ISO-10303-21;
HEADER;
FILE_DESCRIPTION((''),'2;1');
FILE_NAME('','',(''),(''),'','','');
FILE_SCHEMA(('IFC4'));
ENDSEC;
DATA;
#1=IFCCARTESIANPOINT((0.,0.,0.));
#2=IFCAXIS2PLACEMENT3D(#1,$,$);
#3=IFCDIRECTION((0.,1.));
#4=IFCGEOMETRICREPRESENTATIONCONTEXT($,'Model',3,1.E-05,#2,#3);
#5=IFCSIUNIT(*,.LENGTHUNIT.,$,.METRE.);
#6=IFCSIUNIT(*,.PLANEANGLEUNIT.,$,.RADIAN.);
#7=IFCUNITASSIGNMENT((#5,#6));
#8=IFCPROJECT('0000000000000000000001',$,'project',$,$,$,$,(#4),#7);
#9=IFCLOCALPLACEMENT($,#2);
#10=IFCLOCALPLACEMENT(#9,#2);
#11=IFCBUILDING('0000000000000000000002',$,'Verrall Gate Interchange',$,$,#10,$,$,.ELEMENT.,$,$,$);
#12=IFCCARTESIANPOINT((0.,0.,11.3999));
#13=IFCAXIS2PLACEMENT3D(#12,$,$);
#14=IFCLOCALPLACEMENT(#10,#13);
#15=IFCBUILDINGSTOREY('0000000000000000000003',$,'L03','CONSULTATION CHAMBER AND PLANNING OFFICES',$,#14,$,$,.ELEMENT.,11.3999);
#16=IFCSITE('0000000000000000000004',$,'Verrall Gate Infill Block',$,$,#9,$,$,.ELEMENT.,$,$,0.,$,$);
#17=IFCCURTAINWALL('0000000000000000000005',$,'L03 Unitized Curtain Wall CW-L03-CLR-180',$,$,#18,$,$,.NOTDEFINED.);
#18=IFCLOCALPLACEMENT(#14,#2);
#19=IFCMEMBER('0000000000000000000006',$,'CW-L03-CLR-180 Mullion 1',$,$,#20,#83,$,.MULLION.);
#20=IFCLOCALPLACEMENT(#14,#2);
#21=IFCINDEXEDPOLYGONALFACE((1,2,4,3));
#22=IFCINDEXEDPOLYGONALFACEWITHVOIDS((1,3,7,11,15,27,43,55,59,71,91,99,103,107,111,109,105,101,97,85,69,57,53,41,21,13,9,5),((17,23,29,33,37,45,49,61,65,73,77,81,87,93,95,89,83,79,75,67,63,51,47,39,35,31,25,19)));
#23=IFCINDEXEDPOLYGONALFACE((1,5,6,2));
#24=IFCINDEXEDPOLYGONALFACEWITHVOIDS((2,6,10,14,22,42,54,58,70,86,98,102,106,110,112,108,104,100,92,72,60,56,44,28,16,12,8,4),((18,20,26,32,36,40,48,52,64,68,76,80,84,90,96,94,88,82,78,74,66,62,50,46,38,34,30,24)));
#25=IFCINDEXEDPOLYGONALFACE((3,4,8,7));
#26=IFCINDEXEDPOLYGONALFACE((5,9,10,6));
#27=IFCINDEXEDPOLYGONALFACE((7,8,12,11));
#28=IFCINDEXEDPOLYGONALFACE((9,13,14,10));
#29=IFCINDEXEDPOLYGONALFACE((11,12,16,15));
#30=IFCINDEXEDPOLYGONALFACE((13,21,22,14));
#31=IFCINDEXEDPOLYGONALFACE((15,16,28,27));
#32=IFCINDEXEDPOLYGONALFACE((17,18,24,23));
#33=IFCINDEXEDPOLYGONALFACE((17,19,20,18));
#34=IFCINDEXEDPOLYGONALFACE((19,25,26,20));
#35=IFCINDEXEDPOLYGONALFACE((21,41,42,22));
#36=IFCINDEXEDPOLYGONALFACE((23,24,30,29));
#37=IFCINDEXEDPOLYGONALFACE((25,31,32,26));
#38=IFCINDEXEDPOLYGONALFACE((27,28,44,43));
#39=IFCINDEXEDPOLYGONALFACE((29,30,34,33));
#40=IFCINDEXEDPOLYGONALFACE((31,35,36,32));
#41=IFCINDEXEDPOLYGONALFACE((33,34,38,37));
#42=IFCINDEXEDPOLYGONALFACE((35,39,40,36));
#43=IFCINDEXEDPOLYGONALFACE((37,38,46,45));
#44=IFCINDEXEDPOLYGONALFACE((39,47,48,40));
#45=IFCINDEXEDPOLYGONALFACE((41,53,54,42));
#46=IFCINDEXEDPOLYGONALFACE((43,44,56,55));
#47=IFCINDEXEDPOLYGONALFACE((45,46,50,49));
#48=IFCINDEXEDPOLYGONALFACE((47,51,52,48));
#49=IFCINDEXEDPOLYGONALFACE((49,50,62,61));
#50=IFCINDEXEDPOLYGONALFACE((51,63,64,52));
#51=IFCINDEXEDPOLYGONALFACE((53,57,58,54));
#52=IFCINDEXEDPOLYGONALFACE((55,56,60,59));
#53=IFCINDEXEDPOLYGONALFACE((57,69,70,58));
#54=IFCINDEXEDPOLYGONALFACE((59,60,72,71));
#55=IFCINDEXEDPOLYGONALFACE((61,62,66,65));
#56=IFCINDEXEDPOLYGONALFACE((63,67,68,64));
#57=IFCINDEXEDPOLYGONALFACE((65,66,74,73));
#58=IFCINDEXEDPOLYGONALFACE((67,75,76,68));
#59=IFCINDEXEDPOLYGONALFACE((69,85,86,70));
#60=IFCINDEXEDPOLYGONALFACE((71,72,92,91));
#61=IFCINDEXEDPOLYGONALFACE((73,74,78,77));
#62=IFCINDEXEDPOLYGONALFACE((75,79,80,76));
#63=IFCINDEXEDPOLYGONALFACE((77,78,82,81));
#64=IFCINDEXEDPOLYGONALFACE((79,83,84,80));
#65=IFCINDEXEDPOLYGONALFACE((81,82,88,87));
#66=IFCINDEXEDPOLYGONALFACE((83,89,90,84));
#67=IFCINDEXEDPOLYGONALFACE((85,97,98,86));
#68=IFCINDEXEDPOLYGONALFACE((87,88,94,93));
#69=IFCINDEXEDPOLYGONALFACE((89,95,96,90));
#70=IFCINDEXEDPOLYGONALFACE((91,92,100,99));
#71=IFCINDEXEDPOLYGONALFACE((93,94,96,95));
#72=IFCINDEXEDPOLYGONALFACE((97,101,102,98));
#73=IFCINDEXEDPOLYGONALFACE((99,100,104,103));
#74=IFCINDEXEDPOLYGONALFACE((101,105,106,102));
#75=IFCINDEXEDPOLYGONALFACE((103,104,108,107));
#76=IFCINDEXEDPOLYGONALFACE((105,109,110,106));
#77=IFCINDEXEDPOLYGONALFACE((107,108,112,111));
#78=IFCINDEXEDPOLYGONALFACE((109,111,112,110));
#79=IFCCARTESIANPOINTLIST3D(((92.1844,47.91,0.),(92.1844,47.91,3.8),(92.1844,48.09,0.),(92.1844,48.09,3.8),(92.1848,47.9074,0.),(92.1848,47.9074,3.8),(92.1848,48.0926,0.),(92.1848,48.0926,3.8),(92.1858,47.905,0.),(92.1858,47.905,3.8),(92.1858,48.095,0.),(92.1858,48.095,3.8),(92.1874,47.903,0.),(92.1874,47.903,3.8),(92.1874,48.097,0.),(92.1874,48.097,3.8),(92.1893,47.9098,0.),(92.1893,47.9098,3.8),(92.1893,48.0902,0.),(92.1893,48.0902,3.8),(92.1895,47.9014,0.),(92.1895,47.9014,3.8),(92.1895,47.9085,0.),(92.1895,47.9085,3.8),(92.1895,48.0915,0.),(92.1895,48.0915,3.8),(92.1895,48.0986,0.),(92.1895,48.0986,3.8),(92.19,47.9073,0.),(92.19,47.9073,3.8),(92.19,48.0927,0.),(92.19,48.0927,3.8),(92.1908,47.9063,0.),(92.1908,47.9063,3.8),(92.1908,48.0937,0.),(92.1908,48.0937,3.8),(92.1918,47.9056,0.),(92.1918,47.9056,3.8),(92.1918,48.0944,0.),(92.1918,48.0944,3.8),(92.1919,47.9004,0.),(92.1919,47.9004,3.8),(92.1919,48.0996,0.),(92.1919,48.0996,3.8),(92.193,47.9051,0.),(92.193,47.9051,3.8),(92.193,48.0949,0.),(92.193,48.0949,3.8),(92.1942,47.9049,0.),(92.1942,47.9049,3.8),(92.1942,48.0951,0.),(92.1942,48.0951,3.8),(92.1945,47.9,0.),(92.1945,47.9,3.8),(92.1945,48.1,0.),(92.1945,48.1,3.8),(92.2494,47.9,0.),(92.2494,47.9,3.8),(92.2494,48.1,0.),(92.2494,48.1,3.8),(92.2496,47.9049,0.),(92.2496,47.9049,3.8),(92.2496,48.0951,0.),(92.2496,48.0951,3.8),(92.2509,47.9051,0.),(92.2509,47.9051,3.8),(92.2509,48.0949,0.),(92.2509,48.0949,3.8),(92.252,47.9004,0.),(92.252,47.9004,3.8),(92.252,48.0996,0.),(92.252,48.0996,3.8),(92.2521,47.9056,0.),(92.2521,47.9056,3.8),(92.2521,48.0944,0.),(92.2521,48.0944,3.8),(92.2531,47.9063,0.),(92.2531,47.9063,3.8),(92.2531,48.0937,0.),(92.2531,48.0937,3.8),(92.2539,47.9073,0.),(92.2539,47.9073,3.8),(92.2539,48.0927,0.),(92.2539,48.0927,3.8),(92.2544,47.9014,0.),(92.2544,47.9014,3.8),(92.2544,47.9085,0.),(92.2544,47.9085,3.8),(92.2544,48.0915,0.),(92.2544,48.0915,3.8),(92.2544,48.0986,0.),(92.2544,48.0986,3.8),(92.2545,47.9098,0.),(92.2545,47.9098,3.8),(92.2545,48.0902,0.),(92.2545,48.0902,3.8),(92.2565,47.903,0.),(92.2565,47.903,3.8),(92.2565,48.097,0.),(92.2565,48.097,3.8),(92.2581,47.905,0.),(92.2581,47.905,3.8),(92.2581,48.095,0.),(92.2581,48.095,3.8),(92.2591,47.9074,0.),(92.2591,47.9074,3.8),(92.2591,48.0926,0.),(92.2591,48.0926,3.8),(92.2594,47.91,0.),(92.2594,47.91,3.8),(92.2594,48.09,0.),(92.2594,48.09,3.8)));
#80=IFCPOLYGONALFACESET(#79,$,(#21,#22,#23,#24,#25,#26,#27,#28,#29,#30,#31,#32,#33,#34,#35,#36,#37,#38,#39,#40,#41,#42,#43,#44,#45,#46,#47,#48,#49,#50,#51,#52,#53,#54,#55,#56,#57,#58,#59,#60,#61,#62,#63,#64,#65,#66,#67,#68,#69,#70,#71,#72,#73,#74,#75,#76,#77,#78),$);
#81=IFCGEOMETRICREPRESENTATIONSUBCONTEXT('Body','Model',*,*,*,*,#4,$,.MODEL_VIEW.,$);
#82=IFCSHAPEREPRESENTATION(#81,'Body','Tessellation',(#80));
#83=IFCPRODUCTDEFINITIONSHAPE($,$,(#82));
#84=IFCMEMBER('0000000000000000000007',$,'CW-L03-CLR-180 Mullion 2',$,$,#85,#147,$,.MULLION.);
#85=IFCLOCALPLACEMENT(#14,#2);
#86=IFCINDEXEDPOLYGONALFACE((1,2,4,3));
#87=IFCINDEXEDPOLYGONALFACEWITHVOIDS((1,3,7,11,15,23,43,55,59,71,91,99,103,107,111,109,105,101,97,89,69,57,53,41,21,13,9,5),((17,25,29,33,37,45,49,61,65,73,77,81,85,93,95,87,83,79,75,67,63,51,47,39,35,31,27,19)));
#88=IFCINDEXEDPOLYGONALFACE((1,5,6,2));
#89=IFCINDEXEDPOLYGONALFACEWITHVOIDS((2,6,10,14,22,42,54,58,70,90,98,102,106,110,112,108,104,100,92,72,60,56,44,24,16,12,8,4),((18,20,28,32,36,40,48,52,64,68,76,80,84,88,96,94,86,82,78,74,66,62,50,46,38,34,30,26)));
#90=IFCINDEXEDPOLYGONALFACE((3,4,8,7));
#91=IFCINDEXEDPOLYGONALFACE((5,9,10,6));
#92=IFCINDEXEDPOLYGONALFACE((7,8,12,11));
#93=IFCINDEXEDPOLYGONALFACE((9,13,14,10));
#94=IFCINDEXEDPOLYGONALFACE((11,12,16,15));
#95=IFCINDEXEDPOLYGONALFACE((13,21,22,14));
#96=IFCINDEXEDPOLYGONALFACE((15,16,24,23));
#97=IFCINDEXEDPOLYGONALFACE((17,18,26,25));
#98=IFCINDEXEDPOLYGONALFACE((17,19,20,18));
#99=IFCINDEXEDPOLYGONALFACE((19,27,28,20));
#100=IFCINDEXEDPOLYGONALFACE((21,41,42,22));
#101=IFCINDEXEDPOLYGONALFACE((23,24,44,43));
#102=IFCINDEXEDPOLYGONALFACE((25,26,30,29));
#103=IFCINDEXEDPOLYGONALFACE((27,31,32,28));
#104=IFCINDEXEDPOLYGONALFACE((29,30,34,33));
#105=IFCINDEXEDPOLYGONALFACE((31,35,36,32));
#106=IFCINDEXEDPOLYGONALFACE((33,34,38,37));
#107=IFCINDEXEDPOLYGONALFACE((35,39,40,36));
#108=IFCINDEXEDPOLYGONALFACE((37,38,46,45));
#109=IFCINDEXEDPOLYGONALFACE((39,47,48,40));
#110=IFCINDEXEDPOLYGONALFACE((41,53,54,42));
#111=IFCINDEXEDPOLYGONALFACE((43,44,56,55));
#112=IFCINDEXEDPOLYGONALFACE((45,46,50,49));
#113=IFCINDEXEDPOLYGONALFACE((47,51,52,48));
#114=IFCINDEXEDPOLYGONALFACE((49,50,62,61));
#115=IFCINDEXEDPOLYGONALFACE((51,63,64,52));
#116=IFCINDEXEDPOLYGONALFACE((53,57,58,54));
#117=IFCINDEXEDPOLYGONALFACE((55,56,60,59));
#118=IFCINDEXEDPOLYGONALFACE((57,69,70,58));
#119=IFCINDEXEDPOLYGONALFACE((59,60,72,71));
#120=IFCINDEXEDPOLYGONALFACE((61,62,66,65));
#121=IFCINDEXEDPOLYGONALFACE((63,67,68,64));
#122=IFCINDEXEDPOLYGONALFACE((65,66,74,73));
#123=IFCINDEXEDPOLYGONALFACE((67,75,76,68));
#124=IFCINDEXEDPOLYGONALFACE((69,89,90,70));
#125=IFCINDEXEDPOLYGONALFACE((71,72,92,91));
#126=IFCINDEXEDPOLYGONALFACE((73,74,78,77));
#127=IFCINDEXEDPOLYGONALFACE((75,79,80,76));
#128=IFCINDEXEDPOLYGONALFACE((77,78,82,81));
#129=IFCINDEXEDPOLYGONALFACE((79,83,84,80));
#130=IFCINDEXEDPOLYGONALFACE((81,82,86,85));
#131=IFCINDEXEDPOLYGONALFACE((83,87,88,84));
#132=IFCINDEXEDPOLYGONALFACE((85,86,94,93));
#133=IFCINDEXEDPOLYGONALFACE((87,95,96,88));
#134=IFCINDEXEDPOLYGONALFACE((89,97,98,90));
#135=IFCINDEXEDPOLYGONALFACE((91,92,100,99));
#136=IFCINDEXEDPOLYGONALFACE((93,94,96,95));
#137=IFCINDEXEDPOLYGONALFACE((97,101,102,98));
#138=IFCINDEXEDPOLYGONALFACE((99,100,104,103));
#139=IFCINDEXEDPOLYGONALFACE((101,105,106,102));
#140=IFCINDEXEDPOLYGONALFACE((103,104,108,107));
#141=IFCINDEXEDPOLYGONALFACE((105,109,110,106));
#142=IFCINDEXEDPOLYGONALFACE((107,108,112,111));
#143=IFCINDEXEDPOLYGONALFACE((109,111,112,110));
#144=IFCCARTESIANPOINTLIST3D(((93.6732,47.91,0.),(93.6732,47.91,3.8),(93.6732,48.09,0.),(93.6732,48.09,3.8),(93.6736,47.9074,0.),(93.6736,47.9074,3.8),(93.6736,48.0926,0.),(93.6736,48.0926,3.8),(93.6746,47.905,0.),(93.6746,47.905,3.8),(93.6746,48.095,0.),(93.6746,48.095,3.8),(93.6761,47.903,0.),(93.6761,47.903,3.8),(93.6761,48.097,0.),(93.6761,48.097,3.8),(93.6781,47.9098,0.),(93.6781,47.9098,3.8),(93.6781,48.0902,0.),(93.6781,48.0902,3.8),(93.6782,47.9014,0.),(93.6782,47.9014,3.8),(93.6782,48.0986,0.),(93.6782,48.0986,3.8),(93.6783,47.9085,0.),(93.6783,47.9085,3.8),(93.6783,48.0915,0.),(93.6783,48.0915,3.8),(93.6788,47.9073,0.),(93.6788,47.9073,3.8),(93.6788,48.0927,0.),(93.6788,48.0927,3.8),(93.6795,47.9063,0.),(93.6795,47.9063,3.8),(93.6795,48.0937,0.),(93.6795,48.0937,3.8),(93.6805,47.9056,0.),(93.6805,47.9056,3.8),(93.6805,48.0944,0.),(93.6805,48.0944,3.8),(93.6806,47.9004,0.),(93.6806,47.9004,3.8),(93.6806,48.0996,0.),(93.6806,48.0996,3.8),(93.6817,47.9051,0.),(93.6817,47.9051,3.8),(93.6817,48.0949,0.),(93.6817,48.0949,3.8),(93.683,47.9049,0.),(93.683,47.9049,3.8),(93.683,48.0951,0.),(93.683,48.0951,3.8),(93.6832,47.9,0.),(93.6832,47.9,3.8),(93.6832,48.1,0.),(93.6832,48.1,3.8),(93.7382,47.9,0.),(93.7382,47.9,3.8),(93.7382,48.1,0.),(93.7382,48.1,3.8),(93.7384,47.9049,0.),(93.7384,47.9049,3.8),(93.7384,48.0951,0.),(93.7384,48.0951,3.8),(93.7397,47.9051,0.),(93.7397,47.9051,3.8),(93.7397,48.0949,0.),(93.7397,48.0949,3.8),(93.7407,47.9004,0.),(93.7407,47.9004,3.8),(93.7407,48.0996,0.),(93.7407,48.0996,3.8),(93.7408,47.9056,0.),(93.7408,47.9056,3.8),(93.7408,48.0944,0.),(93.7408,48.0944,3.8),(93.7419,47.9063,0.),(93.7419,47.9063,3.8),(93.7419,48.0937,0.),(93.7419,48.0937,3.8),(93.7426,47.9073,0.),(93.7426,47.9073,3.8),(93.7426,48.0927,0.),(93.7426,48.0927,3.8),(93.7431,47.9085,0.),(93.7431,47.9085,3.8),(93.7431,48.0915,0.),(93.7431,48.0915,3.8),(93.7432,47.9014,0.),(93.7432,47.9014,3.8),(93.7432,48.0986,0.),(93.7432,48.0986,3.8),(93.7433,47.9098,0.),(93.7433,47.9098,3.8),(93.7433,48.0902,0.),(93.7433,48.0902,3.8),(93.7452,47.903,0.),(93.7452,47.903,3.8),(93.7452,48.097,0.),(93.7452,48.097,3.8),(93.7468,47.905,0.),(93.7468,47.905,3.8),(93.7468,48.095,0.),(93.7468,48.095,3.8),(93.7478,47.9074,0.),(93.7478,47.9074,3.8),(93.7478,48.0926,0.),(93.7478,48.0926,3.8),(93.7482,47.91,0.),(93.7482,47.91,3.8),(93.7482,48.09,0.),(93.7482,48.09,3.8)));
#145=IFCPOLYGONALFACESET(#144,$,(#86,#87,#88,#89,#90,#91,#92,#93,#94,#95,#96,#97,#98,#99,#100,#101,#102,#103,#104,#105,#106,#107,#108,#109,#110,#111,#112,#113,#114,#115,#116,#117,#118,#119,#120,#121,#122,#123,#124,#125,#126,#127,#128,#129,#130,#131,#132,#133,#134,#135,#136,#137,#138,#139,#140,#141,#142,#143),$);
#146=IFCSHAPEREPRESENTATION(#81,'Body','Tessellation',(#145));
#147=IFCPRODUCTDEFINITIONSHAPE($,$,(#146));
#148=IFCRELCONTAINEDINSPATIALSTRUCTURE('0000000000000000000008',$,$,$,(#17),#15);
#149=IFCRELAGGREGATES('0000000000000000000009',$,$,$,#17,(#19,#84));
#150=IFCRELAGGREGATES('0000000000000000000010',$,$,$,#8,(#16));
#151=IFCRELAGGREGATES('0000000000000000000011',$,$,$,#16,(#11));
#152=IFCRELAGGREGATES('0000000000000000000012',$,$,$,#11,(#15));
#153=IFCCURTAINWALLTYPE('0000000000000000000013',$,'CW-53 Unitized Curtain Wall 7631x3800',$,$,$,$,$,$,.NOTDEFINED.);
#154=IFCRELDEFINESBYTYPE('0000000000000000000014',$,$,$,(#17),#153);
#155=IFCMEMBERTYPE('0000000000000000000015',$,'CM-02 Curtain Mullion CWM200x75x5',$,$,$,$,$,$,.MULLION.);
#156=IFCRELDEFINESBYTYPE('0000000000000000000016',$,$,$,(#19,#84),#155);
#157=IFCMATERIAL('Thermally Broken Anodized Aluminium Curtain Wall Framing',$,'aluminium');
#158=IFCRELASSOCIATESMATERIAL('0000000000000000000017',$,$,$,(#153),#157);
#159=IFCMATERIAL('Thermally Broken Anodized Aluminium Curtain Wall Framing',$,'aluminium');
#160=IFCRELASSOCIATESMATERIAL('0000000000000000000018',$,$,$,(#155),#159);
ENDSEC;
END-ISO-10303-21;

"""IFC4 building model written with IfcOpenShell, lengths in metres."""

from ifc_helpers import new_model, si_unit, direction, frame, origin, origin_2d, place, context, subcontext, project, spatial, hollow_rectangle, extrude, material, material_profile, profile_set, type_object, element, aggregate, save


model = new_model("IFC4")

# Units and contexts
model_context = context("Model", 3, precision=1e-05, world=origin(), true_north=direction((0.0, 1.0)))
body_context = subcontext(model_context, "Body", "Model", "MODEL_VIEW")
ifc_project = project(units=[si_unit("LENGTHUNIT", "METRE"), si_unit("PLANEANGLEUNIT", "RADIAN")], contexts=[model_context])

# Site, building, storey
site_placement = place(None, origin())
site = spatial("IfcSite", under=ifc_project, at=site_placement, Name="Verrall Gate Infill Block", CompositionType="ELEMENT", RefElevation=0.0)
building_placement = place(site_placement, origin())
building = spatial("IfcBuilding", under=site, at=building_placement, Name="Verrall Gate Interchange", CompositionType="ELEMENT")
storey_placement = place(building_placement, frame((0.0, 0.0, 11.3999)))
storey = spatial("IfcBuildingStorey", under=building, at=storey_placement, Name="L03", Description="CONSULTATION CHAMBER AND PLANNING OFFICES", CompositionType="ELEMENT", Elevation=11.3999)

# Curtain wall, members
ifc_material_1 = material(Name="Thermally Broken Anodized Aluminium Curtain Wall Framing", Category="aluminium")
curtain_wall_type = type_object("IfcCurtainWallType", Name="CW-53 Unitized Curtain Wall 7631x3800", PredefinedType="NOTDEFINED", material=ifc_material_1)
ifc_material_2 = material(Name="Thermally Broken Anodized Aluminium Curtain Wall Framing", Category="aluminium")
ifc_material_profile_1 = material_profile(ifc_material_2, hollow_rectangle(XDim=0.075, YDim=0.2, WallThickness=0.0049, InnerFilletRadius=0.0049, OuterFilletRadius=0.01, at=origin_2d()), Name="CWM200x75x5")
ifc_profile_set_1 = profile_set([ifc_material_profile_1], Name="Thermally Broken Anodized Aluminium Curtain Wall Framing")
member_type_1 = type_object("IfcMemberType", Name="CM-02 Curtain Mullion CWM200x75x5", PredefinedType="MULLION", material=ifc_profile_set_1)
curtain_wall_1_placement = place(storey_placement, origin())
curtain_wall_1 = element("IfcCurtainWall", 1, at=curtain_wall_1_placement, inside=storey, type_object=curtain_wall_type, Name="L03 Unitized Curtain Wall CW-L03-CLR-180", PredefinedType="NOTDEFINED")
member_1_placement = place(storey_placement, frame((92.2219, 48.0, 0.0), z_axis=(0.0, 0.0, 1.0), x_axis=(1.0, 0.0, 0.0)))
member_1 = element("IfcMember", 2, at=member_1_placement, type_object=member_type_1, Name="CW-L03-CLR-180 Mullion 1", PredefinedType="MULLION", context=body_context, shape_type="SweptSolid", body=[
    extrude(hollow_rectangle(XDim=0.075, YDim=0.2, WallThickness=0.0049, InnerFilletRadius=0.0049, OuterFilletRadius=0.01, at=origin_2d()), origin(), (0.0, 0.0, 1.0), 3.8),
])
member_2_placement = place(storey_placement, frame((93.7107, 48.0, 0.0), z_axis=(0.0, 0.0, 1.0), x_axis=(1.0, 0.0, 0.0)))
member_2 = element("IfcMember", 3, at=member_2_placement, type_object=member_type_1, Name="CW-L03-CLR-180 Mullion 2", PredefinedType="MULLION", context=body_context, shape_type="SweptSolid", body=[
    extrude(hollow_rectangle(XDim=0.075, YDim=0.2, WallThickness=0.0049, InnerFilletRadius=0.0049, OuterFilletRadius=0.01, at=origin_2d()), origin(), (0.0, 0.0, 1.0), 3.8),
])

aggregate(curtain_wall_1, [member_1, member_2])

save(model, "model.ifc")
